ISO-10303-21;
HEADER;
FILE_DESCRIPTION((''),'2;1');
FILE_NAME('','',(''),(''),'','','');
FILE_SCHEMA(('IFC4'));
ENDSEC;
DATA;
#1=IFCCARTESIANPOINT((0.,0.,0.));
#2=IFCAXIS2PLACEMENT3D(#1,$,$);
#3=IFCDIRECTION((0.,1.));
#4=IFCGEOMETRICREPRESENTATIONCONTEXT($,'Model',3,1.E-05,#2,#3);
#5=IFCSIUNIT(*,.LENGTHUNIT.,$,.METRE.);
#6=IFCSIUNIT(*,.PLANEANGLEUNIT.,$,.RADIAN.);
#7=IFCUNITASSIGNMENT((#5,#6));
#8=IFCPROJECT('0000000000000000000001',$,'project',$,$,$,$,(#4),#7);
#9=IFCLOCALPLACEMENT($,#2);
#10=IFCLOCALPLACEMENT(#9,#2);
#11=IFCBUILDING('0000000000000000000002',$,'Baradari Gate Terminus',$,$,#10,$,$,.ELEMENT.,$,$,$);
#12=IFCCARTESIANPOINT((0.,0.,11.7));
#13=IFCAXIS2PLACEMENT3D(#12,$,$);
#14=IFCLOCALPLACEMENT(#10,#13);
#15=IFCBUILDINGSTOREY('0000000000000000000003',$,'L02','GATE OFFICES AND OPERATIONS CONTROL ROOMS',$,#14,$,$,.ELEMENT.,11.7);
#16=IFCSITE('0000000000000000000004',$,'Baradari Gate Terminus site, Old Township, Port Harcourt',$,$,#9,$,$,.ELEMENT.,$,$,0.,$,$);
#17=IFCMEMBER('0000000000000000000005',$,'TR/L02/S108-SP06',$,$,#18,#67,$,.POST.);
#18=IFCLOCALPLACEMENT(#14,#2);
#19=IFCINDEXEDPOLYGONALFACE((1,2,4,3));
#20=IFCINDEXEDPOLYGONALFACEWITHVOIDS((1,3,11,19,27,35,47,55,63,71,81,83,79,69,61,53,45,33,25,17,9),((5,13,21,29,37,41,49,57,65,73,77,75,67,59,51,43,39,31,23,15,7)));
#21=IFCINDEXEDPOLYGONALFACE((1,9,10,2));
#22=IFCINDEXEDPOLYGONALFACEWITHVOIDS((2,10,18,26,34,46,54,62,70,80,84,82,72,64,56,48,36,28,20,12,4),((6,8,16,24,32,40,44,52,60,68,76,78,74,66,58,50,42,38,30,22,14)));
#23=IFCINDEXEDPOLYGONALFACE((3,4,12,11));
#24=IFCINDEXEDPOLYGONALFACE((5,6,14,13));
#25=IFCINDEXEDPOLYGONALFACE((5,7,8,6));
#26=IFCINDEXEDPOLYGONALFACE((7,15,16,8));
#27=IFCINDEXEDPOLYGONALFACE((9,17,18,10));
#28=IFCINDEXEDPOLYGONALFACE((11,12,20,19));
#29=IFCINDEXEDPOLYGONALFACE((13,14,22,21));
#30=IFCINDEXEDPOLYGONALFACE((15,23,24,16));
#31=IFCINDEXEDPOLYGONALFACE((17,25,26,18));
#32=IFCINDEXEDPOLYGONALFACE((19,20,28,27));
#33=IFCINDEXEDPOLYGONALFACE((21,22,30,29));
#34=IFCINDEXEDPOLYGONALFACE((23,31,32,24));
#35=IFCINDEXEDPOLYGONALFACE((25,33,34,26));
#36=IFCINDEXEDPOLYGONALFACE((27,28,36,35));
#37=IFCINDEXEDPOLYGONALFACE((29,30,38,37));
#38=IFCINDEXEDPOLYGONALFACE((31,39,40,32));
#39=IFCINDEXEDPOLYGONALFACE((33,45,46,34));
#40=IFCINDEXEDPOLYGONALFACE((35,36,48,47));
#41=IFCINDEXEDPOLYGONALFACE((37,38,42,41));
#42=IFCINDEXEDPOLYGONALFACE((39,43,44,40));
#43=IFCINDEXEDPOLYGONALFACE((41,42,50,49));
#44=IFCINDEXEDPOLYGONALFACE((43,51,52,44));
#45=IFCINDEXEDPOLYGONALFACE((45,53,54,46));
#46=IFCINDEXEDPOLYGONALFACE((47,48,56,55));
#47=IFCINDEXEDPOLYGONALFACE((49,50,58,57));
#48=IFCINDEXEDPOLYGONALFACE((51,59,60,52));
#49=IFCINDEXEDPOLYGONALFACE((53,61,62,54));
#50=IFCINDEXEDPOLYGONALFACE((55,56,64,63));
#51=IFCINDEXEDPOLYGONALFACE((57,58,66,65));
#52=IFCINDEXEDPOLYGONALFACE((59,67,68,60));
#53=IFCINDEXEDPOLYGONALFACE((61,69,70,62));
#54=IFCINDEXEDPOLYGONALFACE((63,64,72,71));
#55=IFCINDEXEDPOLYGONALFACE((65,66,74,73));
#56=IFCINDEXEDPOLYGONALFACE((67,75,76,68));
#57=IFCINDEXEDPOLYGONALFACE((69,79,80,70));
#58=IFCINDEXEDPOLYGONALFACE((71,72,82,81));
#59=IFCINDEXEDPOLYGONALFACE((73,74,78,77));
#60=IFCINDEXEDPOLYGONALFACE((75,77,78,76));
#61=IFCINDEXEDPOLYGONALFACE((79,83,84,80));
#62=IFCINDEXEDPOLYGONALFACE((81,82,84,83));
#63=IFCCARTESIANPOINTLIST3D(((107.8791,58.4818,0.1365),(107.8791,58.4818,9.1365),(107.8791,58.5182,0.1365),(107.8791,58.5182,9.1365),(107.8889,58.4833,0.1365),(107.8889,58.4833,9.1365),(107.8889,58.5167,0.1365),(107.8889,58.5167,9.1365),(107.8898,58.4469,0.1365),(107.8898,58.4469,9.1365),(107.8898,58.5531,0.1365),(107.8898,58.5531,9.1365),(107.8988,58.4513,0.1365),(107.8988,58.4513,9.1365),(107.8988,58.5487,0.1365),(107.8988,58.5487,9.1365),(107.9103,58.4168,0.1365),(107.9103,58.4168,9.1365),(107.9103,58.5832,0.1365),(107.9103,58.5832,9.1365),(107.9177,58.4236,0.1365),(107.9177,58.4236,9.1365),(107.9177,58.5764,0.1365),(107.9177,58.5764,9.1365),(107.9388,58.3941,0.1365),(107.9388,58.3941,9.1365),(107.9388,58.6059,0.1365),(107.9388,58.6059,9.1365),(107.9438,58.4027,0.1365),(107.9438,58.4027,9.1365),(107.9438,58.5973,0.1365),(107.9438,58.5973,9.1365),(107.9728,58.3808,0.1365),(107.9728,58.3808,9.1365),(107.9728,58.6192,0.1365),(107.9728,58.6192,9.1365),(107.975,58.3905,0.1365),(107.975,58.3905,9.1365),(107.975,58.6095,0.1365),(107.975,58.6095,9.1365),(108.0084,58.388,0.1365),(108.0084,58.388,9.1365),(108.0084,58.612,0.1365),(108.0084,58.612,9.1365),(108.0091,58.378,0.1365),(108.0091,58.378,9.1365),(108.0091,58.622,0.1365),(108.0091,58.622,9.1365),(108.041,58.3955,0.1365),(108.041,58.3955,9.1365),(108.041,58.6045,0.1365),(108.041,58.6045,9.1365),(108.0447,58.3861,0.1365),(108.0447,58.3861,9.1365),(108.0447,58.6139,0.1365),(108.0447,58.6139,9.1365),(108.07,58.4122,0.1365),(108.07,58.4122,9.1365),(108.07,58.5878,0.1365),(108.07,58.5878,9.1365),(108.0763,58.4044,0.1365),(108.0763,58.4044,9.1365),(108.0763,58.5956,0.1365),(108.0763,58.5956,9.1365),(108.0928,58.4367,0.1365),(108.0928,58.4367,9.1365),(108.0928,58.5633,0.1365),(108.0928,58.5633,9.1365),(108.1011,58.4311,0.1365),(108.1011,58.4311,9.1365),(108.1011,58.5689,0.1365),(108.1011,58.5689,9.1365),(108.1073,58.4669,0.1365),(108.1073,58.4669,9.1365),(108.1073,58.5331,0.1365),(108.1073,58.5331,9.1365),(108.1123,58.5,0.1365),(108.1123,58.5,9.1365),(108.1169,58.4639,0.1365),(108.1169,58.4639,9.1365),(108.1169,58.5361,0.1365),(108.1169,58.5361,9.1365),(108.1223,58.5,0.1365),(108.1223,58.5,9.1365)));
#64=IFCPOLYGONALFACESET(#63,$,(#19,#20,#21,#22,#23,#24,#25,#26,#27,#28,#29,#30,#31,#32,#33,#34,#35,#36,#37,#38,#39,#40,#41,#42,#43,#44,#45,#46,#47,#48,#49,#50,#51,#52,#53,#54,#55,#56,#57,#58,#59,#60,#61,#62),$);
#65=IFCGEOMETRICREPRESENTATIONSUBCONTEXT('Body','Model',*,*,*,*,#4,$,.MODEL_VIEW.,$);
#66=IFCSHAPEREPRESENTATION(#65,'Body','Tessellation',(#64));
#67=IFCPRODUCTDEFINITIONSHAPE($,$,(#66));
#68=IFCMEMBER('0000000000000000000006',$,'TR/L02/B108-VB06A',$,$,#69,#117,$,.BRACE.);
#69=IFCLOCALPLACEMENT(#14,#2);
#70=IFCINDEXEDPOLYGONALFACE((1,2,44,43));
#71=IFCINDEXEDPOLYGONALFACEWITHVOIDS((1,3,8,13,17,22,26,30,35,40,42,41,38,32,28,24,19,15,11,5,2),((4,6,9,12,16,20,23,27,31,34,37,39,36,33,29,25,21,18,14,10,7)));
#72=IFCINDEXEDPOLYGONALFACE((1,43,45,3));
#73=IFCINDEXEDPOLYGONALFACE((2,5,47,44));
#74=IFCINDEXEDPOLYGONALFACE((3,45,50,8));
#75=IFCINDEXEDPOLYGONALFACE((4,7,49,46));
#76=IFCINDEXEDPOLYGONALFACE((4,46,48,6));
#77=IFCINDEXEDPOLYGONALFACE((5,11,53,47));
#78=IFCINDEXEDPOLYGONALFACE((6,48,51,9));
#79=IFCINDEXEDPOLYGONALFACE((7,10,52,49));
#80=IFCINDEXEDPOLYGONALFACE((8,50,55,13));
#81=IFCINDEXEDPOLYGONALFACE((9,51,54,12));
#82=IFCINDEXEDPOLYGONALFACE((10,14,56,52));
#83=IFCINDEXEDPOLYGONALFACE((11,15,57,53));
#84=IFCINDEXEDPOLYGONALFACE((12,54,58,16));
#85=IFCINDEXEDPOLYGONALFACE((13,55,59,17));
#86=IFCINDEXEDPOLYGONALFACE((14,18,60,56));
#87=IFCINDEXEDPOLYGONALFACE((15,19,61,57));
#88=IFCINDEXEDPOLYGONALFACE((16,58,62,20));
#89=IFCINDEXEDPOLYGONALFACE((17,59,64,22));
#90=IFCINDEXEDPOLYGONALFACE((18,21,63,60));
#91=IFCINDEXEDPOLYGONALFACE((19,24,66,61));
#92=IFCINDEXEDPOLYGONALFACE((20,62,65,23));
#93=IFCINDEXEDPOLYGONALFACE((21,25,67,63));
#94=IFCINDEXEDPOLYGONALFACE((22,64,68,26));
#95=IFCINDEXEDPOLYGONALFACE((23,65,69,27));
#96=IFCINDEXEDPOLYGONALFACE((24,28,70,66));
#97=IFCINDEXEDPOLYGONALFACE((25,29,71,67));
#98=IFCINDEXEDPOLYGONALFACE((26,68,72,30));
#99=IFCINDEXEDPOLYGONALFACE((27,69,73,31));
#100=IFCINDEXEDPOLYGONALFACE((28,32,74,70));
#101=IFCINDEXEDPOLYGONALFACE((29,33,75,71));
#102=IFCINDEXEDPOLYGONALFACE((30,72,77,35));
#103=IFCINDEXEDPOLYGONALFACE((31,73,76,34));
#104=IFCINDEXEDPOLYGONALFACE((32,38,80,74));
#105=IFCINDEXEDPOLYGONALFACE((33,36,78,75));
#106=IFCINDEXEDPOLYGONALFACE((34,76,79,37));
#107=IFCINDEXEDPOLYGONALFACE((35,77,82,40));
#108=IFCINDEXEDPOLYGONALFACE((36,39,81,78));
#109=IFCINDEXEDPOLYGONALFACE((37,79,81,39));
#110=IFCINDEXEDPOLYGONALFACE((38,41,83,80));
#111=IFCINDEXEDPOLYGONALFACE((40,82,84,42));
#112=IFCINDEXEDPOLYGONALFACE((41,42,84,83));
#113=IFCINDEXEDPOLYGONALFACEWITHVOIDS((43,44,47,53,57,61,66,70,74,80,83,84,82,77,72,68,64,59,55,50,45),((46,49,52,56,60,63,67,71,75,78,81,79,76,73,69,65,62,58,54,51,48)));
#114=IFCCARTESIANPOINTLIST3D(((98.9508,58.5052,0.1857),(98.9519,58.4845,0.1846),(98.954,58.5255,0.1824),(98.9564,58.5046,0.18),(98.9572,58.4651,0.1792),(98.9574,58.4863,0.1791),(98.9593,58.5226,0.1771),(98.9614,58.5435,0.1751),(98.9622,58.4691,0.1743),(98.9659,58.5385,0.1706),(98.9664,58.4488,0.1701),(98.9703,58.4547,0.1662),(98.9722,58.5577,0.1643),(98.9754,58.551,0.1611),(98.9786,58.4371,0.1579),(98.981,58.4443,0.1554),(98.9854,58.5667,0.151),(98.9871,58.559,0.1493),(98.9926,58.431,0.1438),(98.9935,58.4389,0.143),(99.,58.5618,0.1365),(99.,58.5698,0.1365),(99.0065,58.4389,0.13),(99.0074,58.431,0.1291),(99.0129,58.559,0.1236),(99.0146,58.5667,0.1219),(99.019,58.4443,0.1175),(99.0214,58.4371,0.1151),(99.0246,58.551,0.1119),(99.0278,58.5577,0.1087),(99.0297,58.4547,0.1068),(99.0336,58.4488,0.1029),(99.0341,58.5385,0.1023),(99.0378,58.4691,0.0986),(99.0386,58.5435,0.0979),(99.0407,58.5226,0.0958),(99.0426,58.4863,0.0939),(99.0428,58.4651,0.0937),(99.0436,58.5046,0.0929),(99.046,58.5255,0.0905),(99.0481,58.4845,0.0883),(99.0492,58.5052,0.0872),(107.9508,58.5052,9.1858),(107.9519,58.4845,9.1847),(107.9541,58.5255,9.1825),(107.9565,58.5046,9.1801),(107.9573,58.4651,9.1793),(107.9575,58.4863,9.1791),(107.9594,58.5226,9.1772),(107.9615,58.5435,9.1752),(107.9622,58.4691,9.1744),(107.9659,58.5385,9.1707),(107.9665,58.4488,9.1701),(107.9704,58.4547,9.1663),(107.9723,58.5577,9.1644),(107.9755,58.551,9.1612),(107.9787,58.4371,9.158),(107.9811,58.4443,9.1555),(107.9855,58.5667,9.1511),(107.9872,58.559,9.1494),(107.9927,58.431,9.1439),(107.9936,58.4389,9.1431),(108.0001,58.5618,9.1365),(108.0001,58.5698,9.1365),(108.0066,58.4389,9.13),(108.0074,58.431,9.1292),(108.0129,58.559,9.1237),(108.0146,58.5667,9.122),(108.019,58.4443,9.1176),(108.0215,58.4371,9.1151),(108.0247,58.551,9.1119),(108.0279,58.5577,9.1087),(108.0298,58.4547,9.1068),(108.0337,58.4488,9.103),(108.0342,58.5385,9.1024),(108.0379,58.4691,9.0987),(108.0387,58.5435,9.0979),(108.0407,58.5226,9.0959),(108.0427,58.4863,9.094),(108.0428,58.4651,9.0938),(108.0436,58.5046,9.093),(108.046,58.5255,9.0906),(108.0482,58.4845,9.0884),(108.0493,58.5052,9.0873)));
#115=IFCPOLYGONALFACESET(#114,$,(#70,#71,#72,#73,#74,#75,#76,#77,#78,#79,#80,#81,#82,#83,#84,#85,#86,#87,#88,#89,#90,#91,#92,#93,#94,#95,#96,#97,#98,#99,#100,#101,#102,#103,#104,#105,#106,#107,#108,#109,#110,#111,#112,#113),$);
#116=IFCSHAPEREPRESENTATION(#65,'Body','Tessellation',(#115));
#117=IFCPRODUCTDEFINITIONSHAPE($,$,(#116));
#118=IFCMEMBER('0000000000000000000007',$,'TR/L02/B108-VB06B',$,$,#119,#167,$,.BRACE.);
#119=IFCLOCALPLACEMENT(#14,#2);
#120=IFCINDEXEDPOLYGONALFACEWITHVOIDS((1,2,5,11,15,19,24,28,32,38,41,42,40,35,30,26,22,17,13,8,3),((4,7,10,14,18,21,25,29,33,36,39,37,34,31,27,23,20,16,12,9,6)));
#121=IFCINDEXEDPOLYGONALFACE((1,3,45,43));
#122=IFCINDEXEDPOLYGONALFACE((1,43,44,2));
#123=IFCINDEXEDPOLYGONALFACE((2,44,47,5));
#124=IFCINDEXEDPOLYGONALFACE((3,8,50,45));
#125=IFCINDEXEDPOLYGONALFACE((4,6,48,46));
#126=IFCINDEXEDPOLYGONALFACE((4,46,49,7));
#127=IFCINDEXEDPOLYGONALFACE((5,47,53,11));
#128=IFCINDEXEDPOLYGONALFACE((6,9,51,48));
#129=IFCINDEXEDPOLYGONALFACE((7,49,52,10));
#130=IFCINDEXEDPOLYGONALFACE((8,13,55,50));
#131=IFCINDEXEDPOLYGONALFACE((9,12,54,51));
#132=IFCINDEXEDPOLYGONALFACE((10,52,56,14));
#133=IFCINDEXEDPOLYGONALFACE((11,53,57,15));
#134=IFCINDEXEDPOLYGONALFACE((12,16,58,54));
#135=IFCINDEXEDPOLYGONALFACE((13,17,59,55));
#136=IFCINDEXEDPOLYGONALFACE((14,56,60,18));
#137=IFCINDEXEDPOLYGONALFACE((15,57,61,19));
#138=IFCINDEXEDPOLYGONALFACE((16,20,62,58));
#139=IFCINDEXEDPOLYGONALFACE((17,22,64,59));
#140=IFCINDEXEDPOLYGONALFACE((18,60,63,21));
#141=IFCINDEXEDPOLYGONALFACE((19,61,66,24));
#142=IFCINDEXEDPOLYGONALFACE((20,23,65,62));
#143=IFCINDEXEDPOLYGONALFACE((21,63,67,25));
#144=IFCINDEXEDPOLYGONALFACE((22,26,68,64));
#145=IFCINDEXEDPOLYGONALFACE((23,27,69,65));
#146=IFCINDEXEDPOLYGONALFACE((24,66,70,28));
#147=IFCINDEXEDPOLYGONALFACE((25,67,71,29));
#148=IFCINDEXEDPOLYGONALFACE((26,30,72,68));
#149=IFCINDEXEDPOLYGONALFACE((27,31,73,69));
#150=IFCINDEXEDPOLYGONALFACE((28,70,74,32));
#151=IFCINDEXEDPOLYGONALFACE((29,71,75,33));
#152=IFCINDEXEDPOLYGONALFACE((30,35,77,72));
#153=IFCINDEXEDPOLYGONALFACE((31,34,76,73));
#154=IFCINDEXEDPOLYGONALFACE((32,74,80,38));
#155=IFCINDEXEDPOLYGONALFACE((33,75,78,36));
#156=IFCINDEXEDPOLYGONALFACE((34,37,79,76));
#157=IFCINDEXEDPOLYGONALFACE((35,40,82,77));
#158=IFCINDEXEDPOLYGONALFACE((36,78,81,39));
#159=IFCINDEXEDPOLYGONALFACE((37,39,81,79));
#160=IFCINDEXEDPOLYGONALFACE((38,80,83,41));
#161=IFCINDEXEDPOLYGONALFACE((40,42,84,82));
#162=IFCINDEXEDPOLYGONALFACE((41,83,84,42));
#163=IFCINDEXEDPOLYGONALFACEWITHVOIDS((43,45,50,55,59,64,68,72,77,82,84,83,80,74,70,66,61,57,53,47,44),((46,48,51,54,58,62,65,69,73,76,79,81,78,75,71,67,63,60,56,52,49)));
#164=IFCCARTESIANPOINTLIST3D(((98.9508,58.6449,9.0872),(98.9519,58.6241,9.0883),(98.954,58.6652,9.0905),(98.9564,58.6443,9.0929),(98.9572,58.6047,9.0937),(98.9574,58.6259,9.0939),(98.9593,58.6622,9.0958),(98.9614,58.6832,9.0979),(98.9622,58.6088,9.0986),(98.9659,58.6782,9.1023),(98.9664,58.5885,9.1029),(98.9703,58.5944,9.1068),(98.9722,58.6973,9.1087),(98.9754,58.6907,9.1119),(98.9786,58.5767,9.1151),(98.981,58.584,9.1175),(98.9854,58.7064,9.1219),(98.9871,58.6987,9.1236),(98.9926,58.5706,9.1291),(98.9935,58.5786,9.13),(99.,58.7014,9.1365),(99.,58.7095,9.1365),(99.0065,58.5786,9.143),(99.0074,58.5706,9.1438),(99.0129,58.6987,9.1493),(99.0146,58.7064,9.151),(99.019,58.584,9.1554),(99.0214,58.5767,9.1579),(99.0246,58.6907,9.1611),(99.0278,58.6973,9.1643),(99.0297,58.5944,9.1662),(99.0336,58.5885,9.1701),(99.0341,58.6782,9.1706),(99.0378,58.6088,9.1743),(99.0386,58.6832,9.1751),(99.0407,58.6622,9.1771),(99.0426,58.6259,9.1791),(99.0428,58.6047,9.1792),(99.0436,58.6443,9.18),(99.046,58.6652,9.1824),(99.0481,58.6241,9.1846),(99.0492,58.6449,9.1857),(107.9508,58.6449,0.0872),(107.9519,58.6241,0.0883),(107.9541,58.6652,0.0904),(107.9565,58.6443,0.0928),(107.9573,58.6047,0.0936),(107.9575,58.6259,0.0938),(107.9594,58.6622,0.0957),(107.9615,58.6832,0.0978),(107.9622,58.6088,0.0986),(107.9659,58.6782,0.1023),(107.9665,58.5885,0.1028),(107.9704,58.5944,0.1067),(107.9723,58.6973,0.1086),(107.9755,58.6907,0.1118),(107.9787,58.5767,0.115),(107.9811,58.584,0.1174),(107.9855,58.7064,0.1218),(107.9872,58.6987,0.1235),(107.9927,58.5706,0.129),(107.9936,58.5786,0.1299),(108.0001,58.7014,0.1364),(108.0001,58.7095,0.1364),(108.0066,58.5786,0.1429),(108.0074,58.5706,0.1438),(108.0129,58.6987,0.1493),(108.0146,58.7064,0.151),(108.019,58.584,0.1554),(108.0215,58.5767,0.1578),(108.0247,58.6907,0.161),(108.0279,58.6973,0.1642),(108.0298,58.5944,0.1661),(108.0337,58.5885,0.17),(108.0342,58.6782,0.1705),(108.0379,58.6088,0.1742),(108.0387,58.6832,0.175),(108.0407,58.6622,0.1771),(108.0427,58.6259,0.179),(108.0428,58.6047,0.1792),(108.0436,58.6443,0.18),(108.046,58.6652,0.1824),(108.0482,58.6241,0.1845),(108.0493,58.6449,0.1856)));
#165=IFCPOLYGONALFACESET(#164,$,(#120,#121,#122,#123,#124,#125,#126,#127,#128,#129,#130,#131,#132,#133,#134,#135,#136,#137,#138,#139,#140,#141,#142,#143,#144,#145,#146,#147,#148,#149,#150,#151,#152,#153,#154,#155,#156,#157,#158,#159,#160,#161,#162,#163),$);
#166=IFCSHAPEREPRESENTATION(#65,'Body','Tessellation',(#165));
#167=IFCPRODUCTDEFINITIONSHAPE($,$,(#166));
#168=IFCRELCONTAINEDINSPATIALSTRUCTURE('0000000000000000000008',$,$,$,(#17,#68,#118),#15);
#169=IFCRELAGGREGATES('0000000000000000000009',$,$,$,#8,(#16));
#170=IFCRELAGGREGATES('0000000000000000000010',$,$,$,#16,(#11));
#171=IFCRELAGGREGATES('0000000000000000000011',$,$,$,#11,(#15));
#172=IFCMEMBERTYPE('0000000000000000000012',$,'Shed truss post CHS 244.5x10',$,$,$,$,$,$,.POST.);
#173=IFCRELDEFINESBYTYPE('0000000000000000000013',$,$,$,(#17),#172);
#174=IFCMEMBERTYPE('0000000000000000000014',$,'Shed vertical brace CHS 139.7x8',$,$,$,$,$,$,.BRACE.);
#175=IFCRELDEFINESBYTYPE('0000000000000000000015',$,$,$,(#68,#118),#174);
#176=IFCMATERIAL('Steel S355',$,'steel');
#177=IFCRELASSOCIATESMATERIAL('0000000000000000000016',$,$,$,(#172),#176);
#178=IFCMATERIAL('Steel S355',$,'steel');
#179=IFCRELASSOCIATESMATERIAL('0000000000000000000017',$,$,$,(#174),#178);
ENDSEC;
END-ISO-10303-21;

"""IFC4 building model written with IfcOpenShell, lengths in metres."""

from ifc_helpers import new_model, si_unit, direction, frame, origin, origin_2d, place, context, subcontext, project, spatial, hollow_circle, extrude, material, material_profile, profile_set, type_object, element, save


model = new_model("IFC4")

# Units and contexts
model_context = context("Model", 3, precision=1e-05, world=origin(), true_north=direction((0.0, 1.0)))
body_context = subcontext(model_context, "Body", "Model", "MODEL_VIEW")
ifc_project = project(units=[si_unit("LENGTHUNIT", "METRE"), si_unit("PLANEANGLEUNIT", "RADIAN")], contexts=[model_context])

# Site, building, storey
site_placement = place(None, origin())
site = spatial("IfcSite", under=ifc_project, at=site_placement, Name="Baradari Gate Terminus site, Old Township, Port Harcourt", CompositionType="ELEMENT", RefElevation=0.0)
building_placement = place(site_placement, origin())
building = spatial("IfcBuilding", under=site, at=building_placement, Name="Baradari Gate Terminus", CompositionType="ELEMENT")
storey_placement = place(building_placement, frame((0.0, 0.0, 11.7)))
storey = spatial("IfcBuildingStorey", under=building, at=storey_placement, Name="L02", Description="GATE OFFICES AND OPERATIONS CONTROL ROOMS", CompositionType="ELEMENT", Elevation=11.7)

# Members
ifc_material_1 = material(Name="Steel S355", Category="steel")
ifc_material_profile_1 = material_profile(ifc_material_1, hollow_circle(Radius=0.1223, WallThickness=0.01, at=origin_2d()), Name="CHS 244.5x10")
ifc_profile_set_1 = profile_set([ifc_material_profile_1], Name="Steel S355")
member_type_1 = type_object("IfcMemberType", Name="Shed truss post CHS 244.5x10", PredefinedType="POST", material=ifc_profile_set_1)
member_1_placement = place(storey_placement, frame((108.0, 58.5, 0.1365), z_axis=(0.0, 0.0, 1.0), x_axis=(1.0, 0.0, 0.0)))
element("IfcMember", 1, at=member_1_placement, inside=storey, type_object=member_type_1, Name="TR/L02/S108-SP06", PredefinedType="POST", context=body_context, shape_type="SweptSolid", body=[
    extrude(hollow_circle(Radius=0.1223, WallThickness=0.01, at=origin_2d()), origin(), (0.0, 0.0, 1.0), 9.0),
])
ifc_material_2 = material(Name="Steel S355", Category="steel")
ifc_material_profile_2 = material_profile(ifc_material_2, hollow_circle(Radius=0.0698, WallThickness=0.0081, at=origin_2d()), Name="CHS 139.7x8")
ifc_profile_set_2 = profile_set([ifc_material_profile_2], Name="Steel S355")
member_type_2 = type_object("IfcMemberType", Name="Shed vertical brace CHS 139.7x8", PredefinedType="BRACE", material=ifc_profile_set_2)
for number, where, z_axis, x_axis, name in (
    (2, (99.0, 58.5, 0.1365), (0.707107, 0.0, 0.707107), (0.0, 1.0, 0.0), "TR/L02/B108-VB06A"),
    (3, (99.0, 58.6396, 9.1365), (0.707107, 0.0, -0.707107), (0.0, 1.0, 0.0), "TR/L02/B108-VB06B"),
):
    element("IfcMember", number, at=place(storey_placement, frame(where, z_axis=z_axis, x_axis=x_axis)), inside=storey, type_object=member_type_2, Name=name, PredefinedType="BRACE", context=body_context, shape_type="SweptSolid", body=[
        extrude(hollow_circle(Radius=0.0698, WallThickness=0.0081, at=origin_2d()), origin(), (0.0, 0.0, 1.0), 12.728),
    ])

save(model, "model.ifc")
